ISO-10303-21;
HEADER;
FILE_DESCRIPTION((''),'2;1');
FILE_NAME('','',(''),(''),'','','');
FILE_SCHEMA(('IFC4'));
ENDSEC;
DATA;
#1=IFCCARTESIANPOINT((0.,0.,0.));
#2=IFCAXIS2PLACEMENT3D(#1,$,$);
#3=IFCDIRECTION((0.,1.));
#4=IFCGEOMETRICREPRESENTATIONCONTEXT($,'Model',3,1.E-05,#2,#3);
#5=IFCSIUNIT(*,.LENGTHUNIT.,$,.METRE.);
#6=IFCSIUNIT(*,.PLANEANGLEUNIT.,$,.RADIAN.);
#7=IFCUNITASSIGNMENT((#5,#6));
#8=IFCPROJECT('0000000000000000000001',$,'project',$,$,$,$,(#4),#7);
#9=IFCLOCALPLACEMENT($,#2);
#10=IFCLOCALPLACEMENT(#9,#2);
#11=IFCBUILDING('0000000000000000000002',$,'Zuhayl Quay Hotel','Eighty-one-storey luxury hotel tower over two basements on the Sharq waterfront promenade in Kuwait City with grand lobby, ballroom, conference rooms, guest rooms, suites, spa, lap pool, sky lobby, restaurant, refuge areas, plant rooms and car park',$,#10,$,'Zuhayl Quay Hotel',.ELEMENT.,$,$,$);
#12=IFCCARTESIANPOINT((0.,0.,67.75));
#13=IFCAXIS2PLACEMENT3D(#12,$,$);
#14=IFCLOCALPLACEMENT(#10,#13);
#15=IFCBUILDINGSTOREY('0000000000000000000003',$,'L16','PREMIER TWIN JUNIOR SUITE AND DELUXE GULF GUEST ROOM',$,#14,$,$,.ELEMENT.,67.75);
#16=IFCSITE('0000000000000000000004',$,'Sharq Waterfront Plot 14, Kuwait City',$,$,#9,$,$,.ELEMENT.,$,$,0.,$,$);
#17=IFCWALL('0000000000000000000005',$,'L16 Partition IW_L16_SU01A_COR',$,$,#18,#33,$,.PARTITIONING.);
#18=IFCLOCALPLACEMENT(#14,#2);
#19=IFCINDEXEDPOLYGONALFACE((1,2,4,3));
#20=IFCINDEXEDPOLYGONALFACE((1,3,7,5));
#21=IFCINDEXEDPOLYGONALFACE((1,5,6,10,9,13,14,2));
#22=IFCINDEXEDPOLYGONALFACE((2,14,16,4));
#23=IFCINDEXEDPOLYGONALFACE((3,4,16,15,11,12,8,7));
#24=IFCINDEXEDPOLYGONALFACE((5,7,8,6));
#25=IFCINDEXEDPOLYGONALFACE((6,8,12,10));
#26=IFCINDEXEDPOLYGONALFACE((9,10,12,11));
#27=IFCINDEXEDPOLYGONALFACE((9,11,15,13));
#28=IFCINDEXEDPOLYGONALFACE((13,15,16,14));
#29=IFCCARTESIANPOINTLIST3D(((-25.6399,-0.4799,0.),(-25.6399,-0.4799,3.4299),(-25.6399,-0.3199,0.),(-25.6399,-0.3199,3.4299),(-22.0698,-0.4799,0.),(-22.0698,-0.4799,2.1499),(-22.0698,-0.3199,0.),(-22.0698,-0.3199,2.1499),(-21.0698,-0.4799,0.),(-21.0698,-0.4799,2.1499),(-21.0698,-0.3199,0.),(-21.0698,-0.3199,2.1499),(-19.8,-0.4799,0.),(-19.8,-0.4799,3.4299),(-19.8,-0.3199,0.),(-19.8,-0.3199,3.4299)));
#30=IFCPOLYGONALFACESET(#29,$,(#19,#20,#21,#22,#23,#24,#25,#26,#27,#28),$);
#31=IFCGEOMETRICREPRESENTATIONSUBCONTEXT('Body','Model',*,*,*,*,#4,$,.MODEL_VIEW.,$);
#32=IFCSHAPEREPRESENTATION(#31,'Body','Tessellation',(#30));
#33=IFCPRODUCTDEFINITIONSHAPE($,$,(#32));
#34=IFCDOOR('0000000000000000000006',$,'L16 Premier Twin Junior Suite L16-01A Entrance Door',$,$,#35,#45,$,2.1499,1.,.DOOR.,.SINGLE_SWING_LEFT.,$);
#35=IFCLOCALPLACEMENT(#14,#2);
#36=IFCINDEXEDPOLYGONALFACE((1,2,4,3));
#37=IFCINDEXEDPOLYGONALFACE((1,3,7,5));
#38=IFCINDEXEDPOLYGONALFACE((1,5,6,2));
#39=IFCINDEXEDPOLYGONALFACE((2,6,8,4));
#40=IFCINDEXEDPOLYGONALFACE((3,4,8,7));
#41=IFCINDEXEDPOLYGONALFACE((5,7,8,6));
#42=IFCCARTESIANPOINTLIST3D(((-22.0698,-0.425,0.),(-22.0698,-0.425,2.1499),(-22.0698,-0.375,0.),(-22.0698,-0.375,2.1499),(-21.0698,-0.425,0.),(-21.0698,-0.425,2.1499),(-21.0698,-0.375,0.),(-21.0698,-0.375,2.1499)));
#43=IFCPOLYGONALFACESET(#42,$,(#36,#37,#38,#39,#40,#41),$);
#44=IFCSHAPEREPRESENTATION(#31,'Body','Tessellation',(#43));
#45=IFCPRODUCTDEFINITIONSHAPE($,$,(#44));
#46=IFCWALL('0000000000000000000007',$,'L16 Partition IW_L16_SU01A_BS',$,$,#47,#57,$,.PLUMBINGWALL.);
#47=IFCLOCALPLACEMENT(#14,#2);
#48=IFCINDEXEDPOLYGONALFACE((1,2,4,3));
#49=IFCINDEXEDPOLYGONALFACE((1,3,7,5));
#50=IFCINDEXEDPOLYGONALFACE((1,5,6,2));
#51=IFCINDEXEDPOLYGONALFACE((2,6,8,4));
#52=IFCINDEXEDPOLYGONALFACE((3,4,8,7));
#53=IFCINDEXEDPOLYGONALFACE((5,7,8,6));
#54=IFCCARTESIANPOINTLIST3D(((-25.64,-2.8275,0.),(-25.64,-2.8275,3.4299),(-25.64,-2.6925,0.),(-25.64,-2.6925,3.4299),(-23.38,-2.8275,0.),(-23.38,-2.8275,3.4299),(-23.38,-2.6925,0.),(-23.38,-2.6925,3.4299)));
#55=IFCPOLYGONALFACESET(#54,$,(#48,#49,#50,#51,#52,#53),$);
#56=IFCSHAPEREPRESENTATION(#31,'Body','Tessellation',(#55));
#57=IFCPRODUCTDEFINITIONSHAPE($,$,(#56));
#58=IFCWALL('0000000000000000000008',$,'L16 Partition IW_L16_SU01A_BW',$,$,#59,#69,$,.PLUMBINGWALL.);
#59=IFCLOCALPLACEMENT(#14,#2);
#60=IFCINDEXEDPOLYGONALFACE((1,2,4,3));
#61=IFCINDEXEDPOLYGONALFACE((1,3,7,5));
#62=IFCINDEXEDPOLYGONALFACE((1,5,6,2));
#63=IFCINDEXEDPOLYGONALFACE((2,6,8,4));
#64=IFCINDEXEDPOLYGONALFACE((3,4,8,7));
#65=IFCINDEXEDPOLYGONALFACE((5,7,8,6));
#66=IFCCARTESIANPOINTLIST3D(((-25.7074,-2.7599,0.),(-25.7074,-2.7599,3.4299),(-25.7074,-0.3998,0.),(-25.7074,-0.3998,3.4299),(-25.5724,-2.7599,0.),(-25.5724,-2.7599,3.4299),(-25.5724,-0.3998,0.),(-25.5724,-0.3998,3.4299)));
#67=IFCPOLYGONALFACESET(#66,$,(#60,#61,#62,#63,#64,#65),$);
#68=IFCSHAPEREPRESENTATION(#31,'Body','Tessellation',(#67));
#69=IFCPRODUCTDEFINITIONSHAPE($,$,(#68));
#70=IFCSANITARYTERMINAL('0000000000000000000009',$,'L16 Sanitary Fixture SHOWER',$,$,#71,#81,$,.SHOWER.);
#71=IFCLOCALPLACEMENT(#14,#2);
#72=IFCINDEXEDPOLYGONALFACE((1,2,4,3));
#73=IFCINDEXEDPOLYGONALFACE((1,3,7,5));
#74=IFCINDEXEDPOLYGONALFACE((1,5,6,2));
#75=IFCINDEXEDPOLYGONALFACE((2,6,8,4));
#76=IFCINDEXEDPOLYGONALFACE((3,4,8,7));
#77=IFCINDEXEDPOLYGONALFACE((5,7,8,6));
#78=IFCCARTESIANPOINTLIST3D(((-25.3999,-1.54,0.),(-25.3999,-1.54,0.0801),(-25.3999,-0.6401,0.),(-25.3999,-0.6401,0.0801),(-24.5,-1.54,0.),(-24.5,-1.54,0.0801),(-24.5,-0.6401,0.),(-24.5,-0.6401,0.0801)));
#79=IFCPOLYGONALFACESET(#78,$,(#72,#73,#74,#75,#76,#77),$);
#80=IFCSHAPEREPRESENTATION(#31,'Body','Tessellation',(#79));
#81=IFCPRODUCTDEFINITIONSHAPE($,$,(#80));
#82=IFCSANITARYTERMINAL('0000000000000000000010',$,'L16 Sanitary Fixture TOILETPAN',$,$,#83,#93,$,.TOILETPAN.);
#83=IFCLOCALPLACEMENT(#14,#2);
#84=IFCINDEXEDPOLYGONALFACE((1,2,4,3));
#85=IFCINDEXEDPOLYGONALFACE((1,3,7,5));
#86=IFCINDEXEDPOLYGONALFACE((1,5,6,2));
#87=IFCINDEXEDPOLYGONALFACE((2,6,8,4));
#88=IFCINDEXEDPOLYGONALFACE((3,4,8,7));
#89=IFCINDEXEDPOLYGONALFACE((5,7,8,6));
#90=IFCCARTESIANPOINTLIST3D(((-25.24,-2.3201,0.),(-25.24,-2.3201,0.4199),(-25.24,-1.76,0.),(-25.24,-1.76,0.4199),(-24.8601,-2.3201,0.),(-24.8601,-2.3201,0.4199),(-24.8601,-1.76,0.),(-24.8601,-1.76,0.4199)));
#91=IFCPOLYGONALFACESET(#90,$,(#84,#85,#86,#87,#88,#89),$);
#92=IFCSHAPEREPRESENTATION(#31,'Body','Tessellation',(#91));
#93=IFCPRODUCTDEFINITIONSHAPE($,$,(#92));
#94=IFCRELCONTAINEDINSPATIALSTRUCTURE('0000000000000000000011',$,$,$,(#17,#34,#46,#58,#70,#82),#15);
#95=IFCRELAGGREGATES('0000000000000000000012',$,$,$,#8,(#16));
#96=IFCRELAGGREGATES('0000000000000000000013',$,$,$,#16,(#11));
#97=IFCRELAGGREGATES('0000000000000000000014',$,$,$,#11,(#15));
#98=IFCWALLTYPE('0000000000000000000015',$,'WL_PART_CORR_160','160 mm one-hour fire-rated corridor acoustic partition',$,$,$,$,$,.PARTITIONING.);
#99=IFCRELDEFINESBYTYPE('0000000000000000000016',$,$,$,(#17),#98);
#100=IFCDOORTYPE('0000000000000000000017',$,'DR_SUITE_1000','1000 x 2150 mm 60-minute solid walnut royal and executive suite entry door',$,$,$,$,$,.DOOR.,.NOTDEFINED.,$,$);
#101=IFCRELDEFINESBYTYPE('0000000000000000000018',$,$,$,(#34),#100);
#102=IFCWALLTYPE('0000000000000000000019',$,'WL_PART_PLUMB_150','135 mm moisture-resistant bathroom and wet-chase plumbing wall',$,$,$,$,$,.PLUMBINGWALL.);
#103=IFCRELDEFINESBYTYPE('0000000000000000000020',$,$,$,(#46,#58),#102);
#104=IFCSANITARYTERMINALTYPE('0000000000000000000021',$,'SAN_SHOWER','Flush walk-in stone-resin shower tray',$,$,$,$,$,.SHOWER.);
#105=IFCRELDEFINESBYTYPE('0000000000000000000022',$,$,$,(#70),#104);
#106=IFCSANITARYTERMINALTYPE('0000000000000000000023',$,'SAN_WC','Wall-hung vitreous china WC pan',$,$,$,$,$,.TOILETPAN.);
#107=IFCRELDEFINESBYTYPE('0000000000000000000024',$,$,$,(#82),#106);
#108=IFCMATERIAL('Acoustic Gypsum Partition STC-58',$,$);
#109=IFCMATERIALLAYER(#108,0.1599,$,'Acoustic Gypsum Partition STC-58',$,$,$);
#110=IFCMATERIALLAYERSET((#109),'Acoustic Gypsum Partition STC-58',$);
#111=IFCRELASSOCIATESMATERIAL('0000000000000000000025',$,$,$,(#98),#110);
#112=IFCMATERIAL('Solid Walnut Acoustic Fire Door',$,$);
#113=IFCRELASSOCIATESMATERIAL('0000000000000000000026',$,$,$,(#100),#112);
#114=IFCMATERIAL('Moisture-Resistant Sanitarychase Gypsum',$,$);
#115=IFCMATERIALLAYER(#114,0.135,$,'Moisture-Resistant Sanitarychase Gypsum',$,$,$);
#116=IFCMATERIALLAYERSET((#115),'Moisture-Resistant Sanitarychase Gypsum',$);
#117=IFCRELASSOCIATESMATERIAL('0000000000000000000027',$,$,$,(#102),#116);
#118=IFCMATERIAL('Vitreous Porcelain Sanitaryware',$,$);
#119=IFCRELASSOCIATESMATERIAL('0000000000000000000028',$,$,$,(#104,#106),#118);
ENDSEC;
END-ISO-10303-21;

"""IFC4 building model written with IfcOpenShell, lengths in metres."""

from ifc_helpers import new_model, si_unit, direction, frame, frame_2d, origin, origin_2d, place, context, subcontext, project, spatial, rectangle, extrude, material, layer, layer_set, type_object, element, fill, save


model = new_model("IFC4")

# Units and contexts
model_context = context("Model", 3, precision=1e-05, world=origin(), true_north=direction((0.0, 1.0)))
body_context = subcontext(model_context, "Body", "Model", "MODEL_VIEW")
ifc_project = project(units=[si_unit("LENGTHUNIT", "METRE"), si_unit("PLANEANGLEUNIT", "RADIAN")], contexts=[model_context])

# Site, building, storey
site_placement = place(None, origin())
site = spatial("IfcSite", under=ifc_project, at=site_placement, Name="Sharq Waterfront Plot 14, Kuwait City", CompositionType="ELEMENT", RefElevation=0.0)
building_placement = place(site_placement, origin())
building = spatial("IfcBuilding", under=site, at=building_placement, Name="Zuhayl Quay Hotel", Description="Eighty-one-storey luxury hotel tower over two basements on the Sharq waterfront promenade in Kuwait City with grand lobby, ballroom, conference rooms, guest rooms, suites, spa, lap pool, sky lobby, restaurant, refuge areas, plant rooms and car park", LongName="Zuhayl Quay Hotel", CompositionType="ELEMENT")
storey_placement = place(building_placement, frame((0.0, 0.0, 67.75)))
storey = spatial("IfcBuildingStorey", under=building, at=storey_placement, Name="L16", Description="PREMIER TWIN JUNIOR SUITE AND DELUXE GULF GUEST ROOM", CompositionType="ELEMENT", Elevation=67.75)

# Shared definitions
ifc_material_1 = material(Name="Acoustic Gypsum Partition STC-58")

# Wall, opening, door
ifc_layer_1 = layer(ifc_material_1, 0.1599, Name="Acoustic Gypsum Partition STC-58")
ifc_layer_set_1 = layer_set([ifc_layer_1], Name="Acoustic Gypsum Partition STC-58")
wall_type_1 = type_object("IfcWallType", Name="WL_PART_CORR_160", Description="160 mm one-hour fire-rated corridor acoustic partition", PredefinedType="PARTITIONING", material=ifc_layer_set_1)
wall_1_placement = place(storey_placement, frame((-25.6399, -0.3999, 0.0), z_axis=(0.0, 0.0, 1.0), x_axis=(1.0, 0.0, 0.0)))
wall_1 = element("IfcWall", 1, at=wall_1_placement, inside=storey, type_object=wall_type_1, Name="L16 Partition IW_L16_SU01A_COR", PredefinedType="PARTITIONING", context=body_context, shape_type="SweptSolid", body=[
    extrude(rectangle(XDim=5.8398, YDim=0.1599, at=frame_2d((2.9199, 0.0))), origin(), (0.0, 0.0, 1.0), 3.4299),
])
opening_1_placement = place(wall_1_placement, frame((3.5701, 0.0, 0.0)))
opening_1 = element("IfcOpeningElement", 2, at=opening_1_placement, cuts=wall_1, PredefinedType="OPENING", context=body_context, shape_type="SweptSolid", body=[
    extrude(rectangle(XDim=1.0, YDim=2.1499, at=frame_2d((0.5, 1.075))), frame((0.0, 0.0898, 0.0), z_axis=(0.0, -1.0, 0.0), x_axis=(1.0, 0.0, 0.0)), (0.0, 0.0, 1.0), 0.1799),
])
ifc_material_2 = material(Name="Solid Walnut Acoustic Fire Door")
door_type = type_object("IfcDoorType", Name="DR_SUITE_1000", Description="1000 x 2150 mm 60-minute solid walnut royal and executive suite entry door", OperationType="NOTDEFINED", PredefinedType="DOOR", material=ifc_material_2)
door_placement = place(opening_1_placement, origin())
door = element("IfcDoor", 3, at=door_placement, inside=storey, type_object=door_type, Name="L16 Premier Twin Junior Suite L16-01A Entrance Door", OperationType="SINGLE_SWING_LEFT", OverallHeight=2.1499, OverallWidth=1.0, PredefinedType="DOOR", context=body_context, shape_type="SweptSolid", body=[
    extrude(rectangle(XDim=1.0, YDim=2.1499, at=frame_2d((0.5, 1.075))), frame((0.0, 0.0249, 0.0), z_axis=(0.0, -1.0, 0.0), x_axis=(1.0, 0.0, 0.0)), (0.0, 0.0, 1.0), 0.05),
])
fill(opening_1, door)

# Walls
ifc_material_3 = material(Name="Moisture-Resistant Sanitarychase Gypsum")
ifc_layer_2 = layer(ifc_material_3, 0.135, Name="Moisture-Resistant Sanitarychase Gypsum")
ifc_layer_set_2 = layer_set([ifc_layer_2], Name="Moisture-Resistant Sanitarychase Gypsum")
wall_type_2 = type_object("IfcWallType", Name="WL_PART_PLUMB_150", Description="135 mm moisture-resistant bathroom and wet-chase plumbing wall", PredefinedType="PLUMBINGWALL", material=ifc_layer_set_2)
wall_2_placement = place(storey_placement, frame((-25.6399, -2.76, 0.0), z_axis=(0.0, 0.0, 1.0), x_axis=(1.0, 0.0, 0.0)))
element("IfcWall", 4, at=wall_2_placement, inside=storey, type_object=wall_type_2, Name="L16 Partition IW_L16_SU01A_BS", PredefinedType="PLUMBINGWALL", context=body_context, shape_type="SweptSolid", body=[
    extrude(rectangle(XDim=2.26, YDim=0.135, at=frame_2d((1.1299, 0.0))), origin(), (0.0, 0.0, 1.0), 3.4299),
])
wall_3_placement = place(storey_placement, frame((-25.6399, -2.76, 0.0), z_axis=(0.0, 0.0, 1.0), x_axis=(0.0, 1.0, 0.0)))
element("IfcWall", 5, at=wall_3_placement, inside=storey, type_object=wall_type_2, Name="L16 Partition IW_L16_SU01A_BW", PredefinedType="PLUMBINGWALL", context=body_context, shape_type="SweptSolid", body=[
    extrude(rectangle(XDim=2.3601, YDim=0.135, at=frame_2d((1.1802, 0.0))), origin(), (0.0, 0.0, 1.0), 3.4299),
])

# Sanitary terminals
ifc_material_4 = material(Name="Vitreous Porcelain Sanitaryware")
sanitary_terminal_type_1 = type_object("IfcSanitaryTerminalType", Name="SAN_SHOWER", Description="Flush walk-in stone-resin shower tray", PredefinedType="SHOWER", material=ifc_material_4)
sanitary_terminal_1_placement = place(storey_placement, frame((-24.95, -1.0901, 0.0), z_axis=(0.0, 0.0, 1.0), x_axis=(1.0, 0.0, 0.0)))
element("IfcSanitaryTerminal", 6, at=sanitary_terminal_1_placement, inside=storey, type_object=sanitary_terminal_type_1, Name="L16 Sanitary Fixture SHOWER", PredefinedType="SHOWER", context=body_context, shape_type="SweptSolid", body=[
    extrude(rectangle(XDim=0.8999, YDim=0.8999, at=origin_2d()), origin(), (0.0, 0.0, 1.0), 0.0801),
])
sanitary_terminal_type_2 = type_object("IfcSanitaryTerminalType", Name="SAN_WC", Description="Wall-hung vitreous china WC pan", PredefinedType="TOILETPAN", material=ifc_material_4)
sanitary_terminal_2_placement = place(storey_placement, frame((-25.05, -2.04, 0.0), z_axis=(0.0, 0.0, 1.0), x_axis=(1.0, 0.0, 0.0)))
element("IfcSanitaryTerminal", 7, at=sanitary_terminal_2_placement, inside=storey, type_object=sanitary_terminal_type_2, Name="L16 Sanitary Fixture TOILETPAN", PredefinedType="TOILETPAN", context=body_context, shape_type="SweptSolid", body=[
    extrude(rectangle(XDim=0.3799, YDim=0.5601, at=origin_2d()), origin(), (0.0, 0.0, 1.0), 0.4199),
])

save(model, "model.ifc")
